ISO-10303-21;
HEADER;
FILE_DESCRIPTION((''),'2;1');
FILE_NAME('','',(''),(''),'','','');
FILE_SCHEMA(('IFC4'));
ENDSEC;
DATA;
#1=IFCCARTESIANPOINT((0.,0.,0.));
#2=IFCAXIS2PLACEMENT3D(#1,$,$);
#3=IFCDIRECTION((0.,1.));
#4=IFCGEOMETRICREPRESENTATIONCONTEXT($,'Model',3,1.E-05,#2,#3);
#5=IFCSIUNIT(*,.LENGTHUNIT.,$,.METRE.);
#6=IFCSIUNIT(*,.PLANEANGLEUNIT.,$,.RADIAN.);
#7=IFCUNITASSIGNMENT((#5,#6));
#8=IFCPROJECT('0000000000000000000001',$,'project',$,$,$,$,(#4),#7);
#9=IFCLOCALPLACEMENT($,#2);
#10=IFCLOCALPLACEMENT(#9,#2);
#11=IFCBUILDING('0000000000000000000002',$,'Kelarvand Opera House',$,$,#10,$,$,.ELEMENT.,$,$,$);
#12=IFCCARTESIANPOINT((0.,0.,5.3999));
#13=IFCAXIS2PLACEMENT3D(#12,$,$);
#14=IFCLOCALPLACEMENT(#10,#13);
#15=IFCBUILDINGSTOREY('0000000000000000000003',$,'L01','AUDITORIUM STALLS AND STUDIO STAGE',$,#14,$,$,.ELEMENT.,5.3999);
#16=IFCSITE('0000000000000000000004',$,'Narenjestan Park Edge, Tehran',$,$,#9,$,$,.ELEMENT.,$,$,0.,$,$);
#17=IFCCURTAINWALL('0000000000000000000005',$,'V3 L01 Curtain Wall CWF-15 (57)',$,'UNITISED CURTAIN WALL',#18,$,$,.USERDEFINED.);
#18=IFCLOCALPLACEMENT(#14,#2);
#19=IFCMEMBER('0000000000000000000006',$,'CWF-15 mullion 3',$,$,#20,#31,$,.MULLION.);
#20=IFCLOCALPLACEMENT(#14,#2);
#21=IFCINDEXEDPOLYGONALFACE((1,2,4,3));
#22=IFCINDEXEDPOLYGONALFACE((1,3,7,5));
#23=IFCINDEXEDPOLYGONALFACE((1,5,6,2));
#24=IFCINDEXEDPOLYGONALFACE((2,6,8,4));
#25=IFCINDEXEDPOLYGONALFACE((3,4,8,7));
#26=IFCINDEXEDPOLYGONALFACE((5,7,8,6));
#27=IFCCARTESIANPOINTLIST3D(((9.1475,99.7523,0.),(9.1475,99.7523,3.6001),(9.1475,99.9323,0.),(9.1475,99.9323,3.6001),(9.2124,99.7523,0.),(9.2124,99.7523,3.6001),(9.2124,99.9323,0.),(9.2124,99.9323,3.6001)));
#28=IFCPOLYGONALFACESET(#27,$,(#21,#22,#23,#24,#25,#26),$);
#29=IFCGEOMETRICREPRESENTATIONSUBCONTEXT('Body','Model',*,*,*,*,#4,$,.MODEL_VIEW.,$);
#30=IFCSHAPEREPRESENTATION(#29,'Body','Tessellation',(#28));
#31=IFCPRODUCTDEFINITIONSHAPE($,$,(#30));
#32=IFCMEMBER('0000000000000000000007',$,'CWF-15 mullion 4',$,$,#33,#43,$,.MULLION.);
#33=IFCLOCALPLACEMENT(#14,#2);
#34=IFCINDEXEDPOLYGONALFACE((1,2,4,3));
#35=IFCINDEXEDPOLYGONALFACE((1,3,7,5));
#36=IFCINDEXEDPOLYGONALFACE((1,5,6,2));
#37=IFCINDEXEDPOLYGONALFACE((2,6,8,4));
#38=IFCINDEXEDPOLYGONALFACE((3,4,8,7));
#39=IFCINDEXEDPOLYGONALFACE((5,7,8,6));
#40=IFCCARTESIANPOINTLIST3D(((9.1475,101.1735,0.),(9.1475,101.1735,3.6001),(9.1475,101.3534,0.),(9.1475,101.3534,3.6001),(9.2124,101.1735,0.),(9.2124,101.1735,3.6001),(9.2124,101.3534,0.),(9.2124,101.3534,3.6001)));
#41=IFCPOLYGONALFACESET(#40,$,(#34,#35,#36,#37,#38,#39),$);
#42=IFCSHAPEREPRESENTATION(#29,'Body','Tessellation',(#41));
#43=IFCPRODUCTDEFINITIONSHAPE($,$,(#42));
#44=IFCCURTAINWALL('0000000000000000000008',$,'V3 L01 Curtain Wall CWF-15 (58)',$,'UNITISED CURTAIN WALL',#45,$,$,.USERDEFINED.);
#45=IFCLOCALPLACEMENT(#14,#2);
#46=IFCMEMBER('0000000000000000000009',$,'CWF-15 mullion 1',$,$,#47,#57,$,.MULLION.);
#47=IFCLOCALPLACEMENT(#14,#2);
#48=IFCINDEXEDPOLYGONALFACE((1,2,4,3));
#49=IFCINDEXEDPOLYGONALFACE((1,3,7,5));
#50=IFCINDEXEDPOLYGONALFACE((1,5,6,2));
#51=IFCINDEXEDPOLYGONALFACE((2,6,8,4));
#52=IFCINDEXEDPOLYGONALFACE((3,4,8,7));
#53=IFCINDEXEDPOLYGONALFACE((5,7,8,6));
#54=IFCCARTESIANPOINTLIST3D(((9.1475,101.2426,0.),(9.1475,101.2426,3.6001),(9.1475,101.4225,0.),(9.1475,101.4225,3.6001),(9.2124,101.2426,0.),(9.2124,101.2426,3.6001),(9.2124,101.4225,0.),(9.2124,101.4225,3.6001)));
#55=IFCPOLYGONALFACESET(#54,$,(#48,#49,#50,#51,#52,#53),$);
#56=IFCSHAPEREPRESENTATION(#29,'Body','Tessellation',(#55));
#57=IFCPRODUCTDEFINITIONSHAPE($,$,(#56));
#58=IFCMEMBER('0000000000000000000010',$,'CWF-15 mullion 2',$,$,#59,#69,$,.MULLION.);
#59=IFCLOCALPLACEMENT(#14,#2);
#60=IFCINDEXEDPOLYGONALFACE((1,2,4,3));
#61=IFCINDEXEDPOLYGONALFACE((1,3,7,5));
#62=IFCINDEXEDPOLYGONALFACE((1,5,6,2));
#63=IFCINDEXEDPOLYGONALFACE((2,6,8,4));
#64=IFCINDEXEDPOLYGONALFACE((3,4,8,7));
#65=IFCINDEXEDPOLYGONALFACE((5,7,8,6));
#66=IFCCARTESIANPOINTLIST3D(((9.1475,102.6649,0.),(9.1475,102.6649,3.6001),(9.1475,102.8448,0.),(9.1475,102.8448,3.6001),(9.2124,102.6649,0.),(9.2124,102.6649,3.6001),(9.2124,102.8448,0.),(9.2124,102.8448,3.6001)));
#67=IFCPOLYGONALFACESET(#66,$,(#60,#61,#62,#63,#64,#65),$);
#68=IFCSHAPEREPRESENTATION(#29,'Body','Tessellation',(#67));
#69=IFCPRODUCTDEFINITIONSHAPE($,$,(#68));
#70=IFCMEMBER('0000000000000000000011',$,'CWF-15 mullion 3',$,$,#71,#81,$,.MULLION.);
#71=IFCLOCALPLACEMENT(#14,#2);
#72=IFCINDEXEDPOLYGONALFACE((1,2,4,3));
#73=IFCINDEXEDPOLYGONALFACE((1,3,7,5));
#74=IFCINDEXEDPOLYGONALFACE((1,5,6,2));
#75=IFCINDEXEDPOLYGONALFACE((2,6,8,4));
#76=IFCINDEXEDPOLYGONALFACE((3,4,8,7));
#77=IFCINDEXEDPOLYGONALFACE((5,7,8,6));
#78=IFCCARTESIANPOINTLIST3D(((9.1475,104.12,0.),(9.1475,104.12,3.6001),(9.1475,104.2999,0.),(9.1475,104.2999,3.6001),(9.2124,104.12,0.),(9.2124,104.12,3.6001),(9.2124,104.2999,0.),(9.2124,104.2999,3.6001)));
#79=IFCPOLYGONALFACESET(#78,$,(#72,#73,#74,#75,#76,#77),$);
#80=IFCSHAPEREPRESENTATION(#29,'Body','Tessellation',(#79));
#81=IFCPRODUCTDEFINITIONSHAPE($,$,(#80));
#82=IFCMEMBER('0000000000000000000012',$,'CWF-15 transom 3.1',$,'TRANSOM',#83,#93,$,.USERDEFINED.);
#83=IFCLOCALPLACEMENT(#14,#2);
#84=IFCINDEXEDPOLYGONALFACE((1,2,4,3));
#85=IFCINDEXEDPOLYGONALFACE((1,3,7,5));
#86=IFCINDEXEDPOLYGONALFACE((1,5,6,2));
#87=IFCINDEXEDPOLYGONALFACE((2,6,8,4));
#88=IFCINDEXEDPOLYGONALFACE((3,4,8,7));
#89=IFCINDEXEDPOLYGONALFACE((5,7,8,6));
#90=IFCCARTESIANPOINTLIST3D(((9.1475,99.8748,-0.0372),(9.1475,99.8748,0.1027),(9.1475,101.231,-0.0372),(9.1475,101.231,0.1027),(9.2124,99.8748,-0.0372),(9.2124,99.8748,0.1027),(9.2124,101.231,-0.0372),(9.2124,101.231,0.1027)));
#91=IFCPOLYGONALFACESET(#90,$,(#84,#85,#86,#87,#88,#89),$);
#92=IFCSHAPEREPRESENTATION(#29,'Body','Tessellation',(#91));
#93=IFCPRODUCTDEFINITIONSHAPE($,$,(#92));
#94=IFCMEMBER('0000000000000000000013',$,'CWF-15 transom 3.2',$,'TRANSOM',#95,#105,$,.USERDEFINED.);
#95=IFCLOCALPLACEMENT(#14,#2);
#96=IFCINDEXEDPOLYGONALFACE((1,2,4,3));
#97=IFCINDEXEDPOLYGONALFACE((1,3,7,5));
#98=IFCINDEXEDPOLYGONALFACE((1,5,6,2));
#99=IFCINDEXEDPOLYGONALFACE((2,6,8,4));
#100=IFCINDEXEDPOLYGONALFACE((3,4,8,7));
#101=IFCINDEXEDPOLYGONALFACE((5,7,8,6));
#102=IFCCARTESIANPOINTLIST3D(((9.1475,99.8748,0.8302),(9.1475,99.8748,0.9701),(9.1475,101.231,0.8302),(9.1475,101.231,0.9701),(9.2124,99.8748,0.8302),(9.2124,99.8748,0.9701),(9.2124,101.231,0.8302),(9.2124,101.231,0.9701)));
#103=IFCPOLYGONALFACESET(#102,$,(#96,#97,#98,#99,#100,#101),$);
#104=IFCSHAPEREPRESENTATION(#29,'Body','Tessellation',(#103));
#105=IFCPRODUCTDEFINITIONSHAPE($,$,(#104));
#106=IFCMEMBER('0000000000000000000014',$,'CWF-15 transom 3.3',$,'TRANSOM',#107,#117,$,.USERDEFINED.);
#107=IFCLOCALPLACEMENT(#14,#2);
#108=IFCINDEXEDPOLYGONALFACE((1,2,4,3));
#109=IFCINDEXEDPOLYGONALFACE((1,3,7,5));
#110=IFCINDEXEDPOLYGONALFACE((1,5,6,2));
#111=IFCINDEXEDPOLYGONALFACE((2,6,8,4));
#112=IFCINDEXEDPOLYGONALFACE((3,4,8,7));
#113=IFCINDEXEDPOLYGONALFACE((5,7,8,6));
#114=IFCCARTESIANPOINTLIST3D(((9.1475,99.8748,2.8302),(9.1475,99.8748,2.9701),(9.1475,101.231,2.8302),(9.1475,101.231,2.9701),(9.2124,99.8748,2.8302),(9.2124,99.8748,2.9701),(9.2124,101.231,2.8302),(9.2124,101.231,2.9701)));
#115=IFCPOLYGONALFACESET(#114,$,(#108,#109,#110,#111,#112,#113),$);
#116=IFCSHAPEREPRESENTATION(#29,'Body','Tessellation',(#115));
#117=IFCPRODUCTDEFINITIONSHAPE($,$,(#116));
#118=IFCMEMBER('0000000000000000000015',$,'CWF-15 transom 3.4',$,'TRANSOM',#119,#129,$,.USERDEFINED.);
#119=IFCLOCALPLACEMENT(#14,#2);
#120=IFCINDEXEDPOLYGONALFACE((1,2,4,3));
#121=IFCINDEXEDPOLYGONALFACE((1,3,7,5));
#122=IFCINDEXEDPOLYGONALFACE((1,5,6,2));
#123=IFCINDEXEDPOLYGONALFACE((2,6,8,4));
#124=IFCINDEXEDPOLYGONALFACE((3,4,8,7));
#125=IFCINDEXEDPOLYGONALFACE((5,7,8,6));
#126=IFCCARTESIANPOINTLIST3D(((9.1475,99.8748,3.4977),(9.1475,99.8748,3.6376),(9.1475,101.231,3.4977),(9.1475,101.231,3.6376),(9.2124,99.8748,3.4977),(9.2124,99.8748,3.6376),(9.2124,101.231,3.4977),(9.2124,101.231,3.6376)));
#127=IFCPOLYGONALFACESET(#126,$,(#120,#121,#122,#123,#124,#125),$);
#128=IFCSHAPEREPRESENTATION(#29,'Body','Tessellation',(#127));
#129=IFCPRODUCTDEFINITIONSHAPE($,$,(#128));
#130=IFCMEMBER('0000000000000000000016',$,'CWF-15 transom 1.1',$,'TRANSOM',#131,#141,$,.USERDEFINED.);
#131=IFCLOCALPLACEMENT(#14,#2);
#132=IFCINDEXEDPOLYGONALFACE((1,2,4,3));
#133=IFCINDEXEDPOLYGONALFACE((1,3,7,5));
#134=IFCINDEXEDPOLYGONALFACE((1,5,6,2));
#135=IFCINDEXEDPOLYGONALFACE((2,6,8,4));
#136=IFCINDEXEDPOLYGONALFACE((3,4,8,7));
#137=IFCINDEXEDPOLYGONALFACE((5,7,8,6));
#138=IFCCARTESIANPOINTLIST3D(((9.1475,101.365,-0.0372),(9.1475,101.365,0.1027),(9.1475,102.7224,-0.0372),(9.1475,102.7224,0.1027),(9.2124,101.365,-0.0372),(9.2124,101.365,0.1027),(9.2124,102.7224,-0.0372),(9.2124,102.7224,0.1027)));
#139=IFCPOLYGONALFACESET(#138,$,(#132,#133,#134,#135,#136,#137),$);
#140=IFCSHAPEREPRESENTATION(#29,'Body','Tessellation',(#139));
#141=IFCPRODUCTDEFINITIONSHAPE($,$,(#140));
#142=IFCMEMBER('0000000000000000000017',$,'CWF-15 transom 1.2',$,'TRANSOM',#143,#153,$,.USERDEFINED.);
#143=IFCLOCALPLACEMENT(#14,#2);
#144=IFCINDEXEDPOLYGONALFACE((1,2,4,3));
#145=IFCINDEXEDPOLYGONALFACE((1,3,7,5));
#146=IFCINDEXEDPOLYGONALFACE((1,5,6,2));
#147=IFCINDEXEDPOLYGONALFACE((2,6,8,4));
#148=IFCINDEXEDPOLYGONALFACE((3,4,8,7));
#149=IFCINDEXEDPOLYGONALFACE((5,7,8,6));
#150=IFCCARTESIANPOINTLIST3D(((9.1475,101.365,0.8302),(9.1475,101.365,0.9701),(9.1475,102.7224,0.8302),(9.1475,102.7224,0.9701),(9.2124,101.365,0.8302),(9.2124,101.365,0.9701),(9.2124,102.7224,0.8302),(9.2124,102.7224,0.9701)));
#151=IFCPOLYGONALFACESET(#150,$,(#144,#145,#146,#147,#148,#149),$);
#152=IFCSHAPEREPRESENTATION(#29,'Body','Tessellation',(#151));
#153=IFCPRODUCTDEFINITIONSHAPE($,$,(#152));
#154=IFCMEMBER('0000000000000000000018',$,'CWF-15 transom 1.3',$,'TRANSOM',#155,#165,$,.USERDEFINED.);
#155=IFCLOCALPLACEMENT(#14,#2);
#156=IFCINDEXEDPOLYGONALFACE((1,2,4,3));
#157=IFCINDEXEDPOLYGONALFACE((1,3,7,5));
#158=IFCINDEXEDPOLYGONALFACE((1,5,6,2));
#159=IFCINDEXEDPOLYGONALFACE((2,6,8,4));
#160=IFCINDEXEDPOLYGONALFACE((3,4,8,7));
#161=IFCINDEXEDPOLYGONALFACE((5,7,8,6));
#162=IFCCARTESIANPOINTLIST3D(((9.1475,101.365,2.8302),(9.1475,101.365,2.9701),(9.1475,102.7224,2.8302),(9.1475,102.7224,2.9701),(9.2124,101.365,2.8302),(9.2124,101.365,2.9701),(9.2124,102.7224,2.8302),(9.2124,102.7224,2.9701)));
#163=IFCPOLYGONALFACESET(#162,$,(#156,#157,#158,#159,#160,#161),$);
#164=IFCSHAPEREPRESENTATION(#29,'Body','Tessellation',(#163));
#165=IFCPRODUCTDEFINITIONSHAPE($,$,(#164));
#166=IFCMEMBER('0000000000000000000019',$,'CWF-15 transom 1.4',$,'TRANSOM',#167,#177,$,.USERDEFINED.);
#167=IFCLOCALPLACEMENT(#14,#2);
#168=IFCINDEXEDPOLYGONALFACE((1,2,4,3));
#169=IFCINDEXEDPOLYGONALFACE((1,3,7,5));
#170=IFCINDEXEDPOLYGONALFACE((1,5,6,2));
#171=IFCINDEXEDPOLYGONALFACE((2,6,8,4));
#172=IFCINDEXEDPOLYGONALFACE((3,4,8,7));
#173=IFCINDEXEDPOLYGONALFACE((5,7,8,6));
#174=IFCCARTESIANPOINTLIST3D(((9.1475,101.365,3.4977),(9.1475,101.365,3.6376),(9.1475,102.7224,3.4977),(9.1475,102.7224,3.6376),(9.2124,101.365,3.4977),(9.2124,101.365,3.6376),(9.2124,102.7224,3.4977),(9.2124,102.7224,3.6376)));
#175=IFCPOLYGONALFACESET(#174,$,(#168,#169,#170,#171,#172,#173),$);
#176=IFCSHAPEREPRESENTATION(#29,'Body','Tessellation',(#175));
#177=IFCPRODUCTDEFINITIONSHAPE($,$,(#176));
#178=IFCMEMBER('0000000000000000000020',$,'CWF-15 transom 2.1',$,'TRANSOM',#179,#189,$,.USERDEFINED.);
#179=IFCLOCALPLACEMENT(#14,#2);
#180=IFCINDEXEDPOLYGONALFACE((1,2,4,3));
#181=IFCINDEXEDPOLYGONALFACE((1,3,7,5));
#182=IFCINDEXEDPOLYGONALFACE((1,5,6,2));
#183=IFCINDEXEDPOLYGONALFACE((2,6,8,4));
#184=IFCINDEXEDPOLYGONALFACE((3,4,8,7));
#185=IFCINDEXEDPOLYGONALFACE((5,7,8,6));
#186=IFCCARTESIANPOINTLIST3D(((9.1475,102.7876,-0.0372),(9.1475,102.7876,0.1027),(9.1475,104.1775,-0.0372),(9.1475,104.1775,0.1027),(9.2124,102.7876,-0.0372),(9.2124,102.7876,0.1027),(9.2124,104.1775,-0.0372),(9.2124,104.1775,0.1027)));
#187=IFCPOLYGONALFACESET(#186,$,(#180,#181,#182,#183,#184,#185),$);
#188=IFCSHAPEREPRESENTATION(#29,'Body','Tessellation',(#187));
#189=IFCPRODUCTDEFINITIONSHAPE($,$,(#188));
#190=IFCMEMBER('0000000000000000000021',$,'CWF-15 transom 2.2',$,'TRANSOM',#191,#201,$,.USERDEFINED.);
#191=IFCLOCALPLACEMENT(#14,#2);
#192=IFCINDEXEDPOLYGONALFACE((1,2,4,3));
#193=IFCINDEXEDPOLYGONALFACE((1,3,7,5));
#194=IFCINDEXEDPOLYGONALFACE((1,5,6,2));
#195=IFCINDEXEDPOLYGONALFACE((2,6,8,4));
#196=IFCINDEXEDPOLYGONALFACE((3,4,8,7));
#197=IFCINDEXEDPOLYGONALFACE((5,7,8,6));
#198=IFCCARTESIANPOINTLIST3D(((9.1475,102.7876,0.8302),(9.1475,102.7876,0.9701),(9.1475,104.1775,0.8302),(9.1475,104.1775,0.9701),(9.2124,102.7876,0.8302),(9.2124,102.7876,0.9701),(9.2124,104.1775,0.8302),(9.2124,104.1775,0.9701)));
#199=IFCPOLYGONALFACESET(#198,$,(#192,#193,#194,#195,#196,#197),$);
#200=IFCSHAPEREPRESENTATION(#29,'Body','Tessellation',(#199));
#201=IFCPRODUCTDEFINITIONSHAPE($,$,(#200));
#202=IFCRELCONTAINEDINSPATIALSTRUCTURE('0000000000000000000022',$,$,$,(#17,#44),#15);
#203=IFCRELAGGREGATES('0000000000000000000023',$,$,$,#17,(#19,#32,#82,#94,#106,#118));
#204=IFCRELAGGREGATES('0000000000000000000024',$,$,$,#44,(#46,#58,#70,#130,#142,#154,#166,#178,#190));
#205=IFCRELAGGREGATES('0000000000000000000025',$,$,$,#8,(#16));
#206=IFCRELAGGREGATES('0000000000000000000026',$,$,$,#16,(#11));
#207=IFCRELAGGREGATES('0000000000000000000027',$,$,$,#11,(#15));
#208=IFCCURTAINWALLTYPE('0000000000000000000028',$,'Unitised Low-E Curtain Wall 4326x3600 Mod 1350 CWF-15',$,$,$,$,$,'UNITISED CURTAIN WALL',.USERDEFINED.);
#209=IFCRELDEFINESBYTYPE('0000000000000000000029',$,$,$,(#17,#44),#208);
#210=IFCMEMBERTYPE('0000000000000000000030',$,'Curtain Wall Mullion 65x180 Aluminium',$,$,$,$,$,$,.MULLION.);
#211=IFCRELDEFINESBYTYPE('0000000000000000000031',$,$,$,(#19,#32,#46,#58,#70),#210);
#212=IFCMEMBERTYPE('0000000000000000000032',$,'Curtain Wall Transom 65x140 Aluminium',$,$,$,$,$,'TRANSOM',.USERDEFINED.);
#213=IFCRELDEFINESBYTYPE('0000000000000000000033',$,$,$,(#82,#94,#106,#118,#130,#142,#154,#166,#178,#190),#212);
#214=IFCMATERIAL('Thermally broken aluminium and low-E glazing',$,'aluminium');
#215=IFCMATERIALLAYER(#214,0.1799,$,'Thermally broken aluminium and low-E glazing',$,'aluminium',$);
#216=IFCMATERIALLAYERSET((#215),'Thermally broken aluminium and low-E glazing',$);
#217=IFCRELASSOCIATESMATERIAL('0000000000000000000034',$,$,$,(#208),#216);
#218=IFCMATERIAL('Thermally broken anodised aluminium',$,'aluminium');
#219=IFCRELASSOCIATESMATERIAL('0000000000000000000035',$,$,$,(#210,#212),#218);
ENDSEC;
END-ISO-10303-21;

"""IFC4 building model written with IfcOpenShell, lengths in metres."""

from ifc_helpers import new_model, si_unit, direction, frame, origin, origin_2d, place, context, subcontext, project, spatial, rectangle, extrude, material, layer, layer_set, material_profile, profile_set, type_object, element, aggregate, save


model = new_model("IFC4")

# Units and contexts
model_context = context("Model", 3, precision=1e-05, world=origin(), true_north=direction((0.0, 1.0)))
body_context = subcontext(model_context, "Body", "Model", "MODEL_VIEW")
ifc_project = project(units=[si_unit("LENGTHUNIT", "METRE"), si_unit("PLANEANGLEUNIT", "RADIAN")], contexts=[model_context])

# Site, building, storey
site_placement = place(None, origin())
site = spatial("IfcSite", under=ifc_project, at=site_placement, Name="Narenjestan Park Edge, Tehran", CompositionType="ELEMENT", RefElevation=0.0)
building_placement = place(site_placement, origin())
building = spatial("IfcBuilding", under=site, at=building_placement, Name="Kelarvand Opera House", CompositionType="ELEMENT")
storey_placement = place(building_placement, frame((0.0, 0.0, 5.3999)))
storey = spatial("IfcBuildingStorey", under=building, at=storey_placement, Name="L01", Description="AUDITORIUM STALLS AND STUDIO STAGE", CompositionType="ELEMENT", Elevation=5.3999)

# Curtain walls, members
ifc_material_1 = material(Name="Thermally broken aluminium and low-E glazing", Category="aluminium")
ifc_layer_1 = layer(ifc_material_1, 0.1799, Name="Thermally broken aluminium and low-E glazing", Category="aluminium")
ifc_layer_set_1 = layer_set([ifc_layer_1], Name="Thermally broken aluminium and low-E glazing")
curtain_wall_type = type_object("IfcCurtainWallType", Name="Unitised Low-E Curtain Wall 4326x3600 Mod 1350 CWF-15", ElementType="UNITISED CURTAIN WALL", PredefinedType="USERDEFINED", material=ifc_layer_set_1)
curtain_wall_1_placement = place(storey_placement, origin())
curtain_wall_1 = element("IfcCurtainWall", 1, at=curtain_wall_1_placement, inside=storey, type_object=curtain_wall_type, Name="V3 L01 Curtain Wall CWF-15 (57)", ObjectType="UNITISED CURTAIN WALL", PredefinedType="USERDEFINED")
ifc_material_2 = material(Name="Thermally broken anodised aluminium", Category="aluminium")
ifc_material_profile_1 = material_profile(ifc_material_2, rectangle(XDim=0.0649, YDim=0.1799, at=origin_2d()), Name="ALU MULLION 65x180", Category="aluminium")
ifc_profile_set_1 = profile_set([ifc_material_profile_1], Name="Thermally broken anodised aluminium")
member_type_1 = type_object("IfcMemberType", Name="Curtain Wall Mullion 65x180 Aluminium", PredefinedType="MULLION", material=ifc_profile_set_1)
member_1_placement = place(storey_placement, frame((9.1799, 99.8423, 0.0), z_axis=(0.0, 0.0, 1.0), x_axis=(-1.0, 0.0, 0.0)))
member_1 = element("IfcMember", 2, at=member_1_placement, type_object=member_type_1, Name="CWF-15 mullion 3", PredefinedType="MULLION", context=body_context, shape_type="SweptSolid", body=[
    extrude(rectangle(XDim=0.0649, YDim=0.1799, at=origin_2d()), origin(), (0.0, 0.0, 1.0), 3.6001),
])
member_2_placement = place(storey_placement, frame((9.1799, 101.2634, 0.0), z_axis=(0.0, 0.0, 1.0), x_axis=(-1.0, 0.0, 0.0)))
member_2 = element("IfcMember", 3, at=member_2_placement, type_object=member_type_1, Name="CWF-15 mullion 4", PredefinedType="MULLION", context=body_context, shape_type="SweptSolid", body=[
    extrude(rectangle(XDim=0.0649, YDim=0.1799, at=origin_2d()), origin(), (0.0, 0.0, 1.0), 3.6001),
])
curtain_wall_2_placement = place(storey_placement, origin())
curtain_wall_2 = element("IfcCurtainWall", 4, at=curtain_wall_2_placement, inside=storey, type_object=curtain_wall_type, Name="V3 L01 Curtain Wall CWF-15 (58)", ObjectType="UNITISED CURTAIN WALL", PredefinedType="USERDEFINED")
member_3_placement = place(storey_placement, frame((9.1799, 101.3325, 0.0), z_axis=(0.0, 0.0, 1.0), x_axis=(-1.0, 0.0, 0.0)))
member_3 = element("IfcMember", 5, at=member_3_placement, type_object=member_type_1, Name="CWF-15 mullion 1", PredefinedType="MULLION", context=body_context, shape_type="SweptSolid", body=[
    extrude(rectangle(XDim=0.0649, YDim=0.1799, at=origin_2d()), origin(), (0.0, 0.0, 1.0), 3.6001),
])
member_4_placement = place(storey_placement, frame((9.1799, 102.7549, 0.0), z_axis=(0.0, 0.0, 1.0), x_axis=(-1.0, 0.0, 0.0)))
member_4 = element("IfcMember", 6, at=member_4_placement, type_object=member_type_1, Name="CWF-15 mullion 2", PredefinedType="MULLION", context=body_context, shape_type="SweptSolid", body=[
    extrude(rectangle(XDim=0.0649, YDim=0.1799, at=origin_2d()), origin(), (0.0, 0.0, 1.0), 3.6001),
])
member_5_placement = place(storey_placement, frame((9.1799, 104.21, 0.0), z_axis=(0.0, 0.0, 1.0), x_axis=(-1.0, 0.0, 0.0)))
member_5 = element("IfcMember", 7, at=member_5_placement, type_object=member_type_1, Name="CWF-15 mullion 3", PredefinedType="MULLION", context=body_context, shape_type="SweptSolid", body=[
    extrude(rectangle(XDim=0.0649, YDim=0.1799, at=origin_2d()), origin(), (0.0, 0.0, 1.0), 3.6001),
])

# Members
ifc_material_profile_2 = material_profile(ifc_material_2, rectangle(XDim=0.0649, YDim=0.1399, at=origin_2d()), Name="ALU TRANSOM 65x140", Category="aluminium")
ifc_profile_set_2 = profile_set([ifc_material_profile_2], Name="Thermally broken anodised aluminium")
member_type_2 = type_object("IfcMemberType", Name="Curtain Wall Transom 65x140 Aluminium", ElementType="TRANSOM", PredefinedType="USERDEFINED", material=ifc_profile_set_2)
member_6_placement = place(storey_placement, frame((9.1799, 99.8748, 0.0327), z_axis=(0.0, 1.0, 0.0), x_axis=(-1.0, 0.0, 0.0)))
member_6 = element("IfcMember", 8, at=member_6_placement, type_object=member_type_2, Name="CWF-15 transom 3.1", ObjectType="TRANSOM", PredefinedType="USERDEFINED", context=body_context, shape_type="SweptSolid", body=[
    extrude(rectangle(XDim=0.0649, YDim=0.1399, at=origin_2d()), origin(), (0.0, 0.0, 1.0), 1.3562),
])
member_7_placement = place(storey_placement, frame((9.1799, 99.8748, 0.9001), z_axis=(0.0, 1.0, 0.0), x_axis=(-1.0, 0.0, 0.0)))
member_7 = element("IfcMember", 9, at=member_7_placement, type_object=member_type_2, Name="CWF-15 transom 3.2", ObjectType="TRANSOM", PredefinedType="USERDEFINED", context=body_context, shape_type="SweptSolid", body=[
    extrude(rectangle(XDim=0.0649, YDim=0.1399, at=origin_2d()), origin(), (0.0, 0.0, 1.0), 1.3562),
])
member_8_placement = place(storey_placement, frame((9.1799, 99.8748, 2.9001), z_axis=(0.0, 1.0, 0.0), x_axis=(-1.0, 0.0, 0.0)))
member_8 = element("IfcMember", 10, at=member_8_placement, type_object=member_type_2, Name="CWF-15 transom 3.3", ObjectType="TRANSOM", PredefinedType="USERDEFINED", context=body_context, shape_type="SweptSolid", body=[
    extrude(rectangle(XDim=0.0649, YDim=0.1399, at=origin_2d()), origin(), (0.0, 0.0, 1.0), 1.3562),
])
member_9_placement = place(storey_placement, frame((9.1799, 99.8748, 3.5676), z_axis=(0.0, 1.0, 0.0), x_axis=(-1.0, 0.0, 0.0)))
member_9 = element("IfcMember", 11, at=member_9_placement, type_object=member_type_2, Name="CWF-15 transom 3.4", ObjectType="TRANSOM", PredefinedType="USERDEFINED", context=body_context, shape_type="SweptSolid", body=[
    extrude(rectangle(XDim=0.0649, YDim=0.1399, at=origin_2d()), origin(), (0.0, 0.0, 1.0), 1.3562),
])
member_10_placement = place(storey_placement, frame((9.1799, 101.365, 0.0327), z_axis=(0.0, 1.0, 0.0), x_axis=(-1.0, 0.0, 0.0)))
member_10 = element("IfcMember", 12, at=member_10_placement, type_object=member_type_2, Name="CWF-15 transom 1.1", ObjectType="TRANSOM", PredefinedType="USERDEFINED", context=body_context, shape_type="SweptSolid", body=[
    extrude(rectangle(XDim=0.0649, YDim=0.1399, at=origin_2d()), origin(), (0.0, 0.0, 1.0), 1.3574),
])
member_11_placement = place(storey_placement, frame((9.1799, 101.365, 0.9001), z_axis=(0.0, 1.0, 0.0), x_axis=(-1.0, 0.0, 0.0)))
member_11 = element("IfcMember", 13, at=member_11_placement, type_object=member_type_2, Name="CWF-15 transom 1.2", ObjectType="TRANSOM", PredefinedType="USERDEFINED", context=body_context, shape_type="SweptSolid", body=[
    extrude(rectangle(XDim=0.0649, YDim=0.1399, at=origin_2d()), origin(), (0.0, 0.0, 1.0), 1.3574),
])
member_12_placement = place(storey_placement, frame((9.1799, 101.365, 2.9001), z_axis=(0.0, 1.0, 0.0), x_axis=(-1.0, 0.0, 0.0)))
member_12 = element("IfcMember", 14, at=member_12_placement, type_object=member_type_2, Name="CWF-15 transom 1.3", ObjectType="TRANSOM", PredefinedType="USERDEFINED", context=body_context, shape_type="SweptSolid", body=[
    extrude(rectangle(XDim=0.0649, YDim=0.1399, at=origin_2d()), origin(), (0.0, 0.0, 1.0), 1.3574),
])
member_13_placement = place(storey_placement, frame((9.1799, 101.365, 3.5676), z_axis=(0.0, 1.0, 0.0), x_axis=(-1.0, 0.0, 0.0)))
member_13 = element("IfcMember", 15, at=member_13_placement, type_object=member_type_2, Name="CWF-15 transom 1.4", ObjectType="TRANSOM", PredefinedType="USERDEFINED", context=body_context, shape_type="SweptSolid", body=[
    extrude(rectangle(XDim=0.0649, YDim=0.1399, at=origin_2d()), origin(), (0.0, 0.0, 1.0), 1.3574),
])
member_14_placement = place(storey_placement, frame((9.1799, 102.7876, 0.0327), z_axis=(0.0, 1.0, 0.0), x_axis=(-1.0, 0.0, 0.0)))
member_14 = element("IfcMember", 16, at=member_14_placement, type_object=member_type_2, Name="CWF-15 transom 2.1", ObjectType="TRANSOM", PredefinedType="USERDEFINED", context=body_context, shape_type="SweptSolid", body=[
    extrude(rectangle(XDim=0.0649, YDim=0.1399, at=origin_2d()), origin(), (0.0, 0.0, 1.0), 1.3899),
])
member_15_placement = place(storey_placement, frame((9.1799, 102.7876, 0.9001), z_axis=(0.0, 1.0, 0.0), x_axis=(-1.0, 0.0, 0.0)))
member_15 = element("IfcMember", 17, at=member_15_placement, type_object=member_type_2, Name="CWF-15 transom 2.2", ObjectType="TRANSOM", PredefinedType="USERDEFINED", context=body_context, shape_type="SweptSolid", body=[
    extrude(rectangle(XDim=0.0649, YDim=0.1399, at=origin_2d()), origin(), (0.0, 0.0, 1.0), 1.3899),
])

aggregate(curtain_wall_1, [member_1, member_2, member_6, member_7, member_8, member_9])
aggregate(curtain_wall_2, [member_3, member_4, member_5, member_10, member_11, member_12, member_13, member_14, member_15])

save(model, "model.ifc")
